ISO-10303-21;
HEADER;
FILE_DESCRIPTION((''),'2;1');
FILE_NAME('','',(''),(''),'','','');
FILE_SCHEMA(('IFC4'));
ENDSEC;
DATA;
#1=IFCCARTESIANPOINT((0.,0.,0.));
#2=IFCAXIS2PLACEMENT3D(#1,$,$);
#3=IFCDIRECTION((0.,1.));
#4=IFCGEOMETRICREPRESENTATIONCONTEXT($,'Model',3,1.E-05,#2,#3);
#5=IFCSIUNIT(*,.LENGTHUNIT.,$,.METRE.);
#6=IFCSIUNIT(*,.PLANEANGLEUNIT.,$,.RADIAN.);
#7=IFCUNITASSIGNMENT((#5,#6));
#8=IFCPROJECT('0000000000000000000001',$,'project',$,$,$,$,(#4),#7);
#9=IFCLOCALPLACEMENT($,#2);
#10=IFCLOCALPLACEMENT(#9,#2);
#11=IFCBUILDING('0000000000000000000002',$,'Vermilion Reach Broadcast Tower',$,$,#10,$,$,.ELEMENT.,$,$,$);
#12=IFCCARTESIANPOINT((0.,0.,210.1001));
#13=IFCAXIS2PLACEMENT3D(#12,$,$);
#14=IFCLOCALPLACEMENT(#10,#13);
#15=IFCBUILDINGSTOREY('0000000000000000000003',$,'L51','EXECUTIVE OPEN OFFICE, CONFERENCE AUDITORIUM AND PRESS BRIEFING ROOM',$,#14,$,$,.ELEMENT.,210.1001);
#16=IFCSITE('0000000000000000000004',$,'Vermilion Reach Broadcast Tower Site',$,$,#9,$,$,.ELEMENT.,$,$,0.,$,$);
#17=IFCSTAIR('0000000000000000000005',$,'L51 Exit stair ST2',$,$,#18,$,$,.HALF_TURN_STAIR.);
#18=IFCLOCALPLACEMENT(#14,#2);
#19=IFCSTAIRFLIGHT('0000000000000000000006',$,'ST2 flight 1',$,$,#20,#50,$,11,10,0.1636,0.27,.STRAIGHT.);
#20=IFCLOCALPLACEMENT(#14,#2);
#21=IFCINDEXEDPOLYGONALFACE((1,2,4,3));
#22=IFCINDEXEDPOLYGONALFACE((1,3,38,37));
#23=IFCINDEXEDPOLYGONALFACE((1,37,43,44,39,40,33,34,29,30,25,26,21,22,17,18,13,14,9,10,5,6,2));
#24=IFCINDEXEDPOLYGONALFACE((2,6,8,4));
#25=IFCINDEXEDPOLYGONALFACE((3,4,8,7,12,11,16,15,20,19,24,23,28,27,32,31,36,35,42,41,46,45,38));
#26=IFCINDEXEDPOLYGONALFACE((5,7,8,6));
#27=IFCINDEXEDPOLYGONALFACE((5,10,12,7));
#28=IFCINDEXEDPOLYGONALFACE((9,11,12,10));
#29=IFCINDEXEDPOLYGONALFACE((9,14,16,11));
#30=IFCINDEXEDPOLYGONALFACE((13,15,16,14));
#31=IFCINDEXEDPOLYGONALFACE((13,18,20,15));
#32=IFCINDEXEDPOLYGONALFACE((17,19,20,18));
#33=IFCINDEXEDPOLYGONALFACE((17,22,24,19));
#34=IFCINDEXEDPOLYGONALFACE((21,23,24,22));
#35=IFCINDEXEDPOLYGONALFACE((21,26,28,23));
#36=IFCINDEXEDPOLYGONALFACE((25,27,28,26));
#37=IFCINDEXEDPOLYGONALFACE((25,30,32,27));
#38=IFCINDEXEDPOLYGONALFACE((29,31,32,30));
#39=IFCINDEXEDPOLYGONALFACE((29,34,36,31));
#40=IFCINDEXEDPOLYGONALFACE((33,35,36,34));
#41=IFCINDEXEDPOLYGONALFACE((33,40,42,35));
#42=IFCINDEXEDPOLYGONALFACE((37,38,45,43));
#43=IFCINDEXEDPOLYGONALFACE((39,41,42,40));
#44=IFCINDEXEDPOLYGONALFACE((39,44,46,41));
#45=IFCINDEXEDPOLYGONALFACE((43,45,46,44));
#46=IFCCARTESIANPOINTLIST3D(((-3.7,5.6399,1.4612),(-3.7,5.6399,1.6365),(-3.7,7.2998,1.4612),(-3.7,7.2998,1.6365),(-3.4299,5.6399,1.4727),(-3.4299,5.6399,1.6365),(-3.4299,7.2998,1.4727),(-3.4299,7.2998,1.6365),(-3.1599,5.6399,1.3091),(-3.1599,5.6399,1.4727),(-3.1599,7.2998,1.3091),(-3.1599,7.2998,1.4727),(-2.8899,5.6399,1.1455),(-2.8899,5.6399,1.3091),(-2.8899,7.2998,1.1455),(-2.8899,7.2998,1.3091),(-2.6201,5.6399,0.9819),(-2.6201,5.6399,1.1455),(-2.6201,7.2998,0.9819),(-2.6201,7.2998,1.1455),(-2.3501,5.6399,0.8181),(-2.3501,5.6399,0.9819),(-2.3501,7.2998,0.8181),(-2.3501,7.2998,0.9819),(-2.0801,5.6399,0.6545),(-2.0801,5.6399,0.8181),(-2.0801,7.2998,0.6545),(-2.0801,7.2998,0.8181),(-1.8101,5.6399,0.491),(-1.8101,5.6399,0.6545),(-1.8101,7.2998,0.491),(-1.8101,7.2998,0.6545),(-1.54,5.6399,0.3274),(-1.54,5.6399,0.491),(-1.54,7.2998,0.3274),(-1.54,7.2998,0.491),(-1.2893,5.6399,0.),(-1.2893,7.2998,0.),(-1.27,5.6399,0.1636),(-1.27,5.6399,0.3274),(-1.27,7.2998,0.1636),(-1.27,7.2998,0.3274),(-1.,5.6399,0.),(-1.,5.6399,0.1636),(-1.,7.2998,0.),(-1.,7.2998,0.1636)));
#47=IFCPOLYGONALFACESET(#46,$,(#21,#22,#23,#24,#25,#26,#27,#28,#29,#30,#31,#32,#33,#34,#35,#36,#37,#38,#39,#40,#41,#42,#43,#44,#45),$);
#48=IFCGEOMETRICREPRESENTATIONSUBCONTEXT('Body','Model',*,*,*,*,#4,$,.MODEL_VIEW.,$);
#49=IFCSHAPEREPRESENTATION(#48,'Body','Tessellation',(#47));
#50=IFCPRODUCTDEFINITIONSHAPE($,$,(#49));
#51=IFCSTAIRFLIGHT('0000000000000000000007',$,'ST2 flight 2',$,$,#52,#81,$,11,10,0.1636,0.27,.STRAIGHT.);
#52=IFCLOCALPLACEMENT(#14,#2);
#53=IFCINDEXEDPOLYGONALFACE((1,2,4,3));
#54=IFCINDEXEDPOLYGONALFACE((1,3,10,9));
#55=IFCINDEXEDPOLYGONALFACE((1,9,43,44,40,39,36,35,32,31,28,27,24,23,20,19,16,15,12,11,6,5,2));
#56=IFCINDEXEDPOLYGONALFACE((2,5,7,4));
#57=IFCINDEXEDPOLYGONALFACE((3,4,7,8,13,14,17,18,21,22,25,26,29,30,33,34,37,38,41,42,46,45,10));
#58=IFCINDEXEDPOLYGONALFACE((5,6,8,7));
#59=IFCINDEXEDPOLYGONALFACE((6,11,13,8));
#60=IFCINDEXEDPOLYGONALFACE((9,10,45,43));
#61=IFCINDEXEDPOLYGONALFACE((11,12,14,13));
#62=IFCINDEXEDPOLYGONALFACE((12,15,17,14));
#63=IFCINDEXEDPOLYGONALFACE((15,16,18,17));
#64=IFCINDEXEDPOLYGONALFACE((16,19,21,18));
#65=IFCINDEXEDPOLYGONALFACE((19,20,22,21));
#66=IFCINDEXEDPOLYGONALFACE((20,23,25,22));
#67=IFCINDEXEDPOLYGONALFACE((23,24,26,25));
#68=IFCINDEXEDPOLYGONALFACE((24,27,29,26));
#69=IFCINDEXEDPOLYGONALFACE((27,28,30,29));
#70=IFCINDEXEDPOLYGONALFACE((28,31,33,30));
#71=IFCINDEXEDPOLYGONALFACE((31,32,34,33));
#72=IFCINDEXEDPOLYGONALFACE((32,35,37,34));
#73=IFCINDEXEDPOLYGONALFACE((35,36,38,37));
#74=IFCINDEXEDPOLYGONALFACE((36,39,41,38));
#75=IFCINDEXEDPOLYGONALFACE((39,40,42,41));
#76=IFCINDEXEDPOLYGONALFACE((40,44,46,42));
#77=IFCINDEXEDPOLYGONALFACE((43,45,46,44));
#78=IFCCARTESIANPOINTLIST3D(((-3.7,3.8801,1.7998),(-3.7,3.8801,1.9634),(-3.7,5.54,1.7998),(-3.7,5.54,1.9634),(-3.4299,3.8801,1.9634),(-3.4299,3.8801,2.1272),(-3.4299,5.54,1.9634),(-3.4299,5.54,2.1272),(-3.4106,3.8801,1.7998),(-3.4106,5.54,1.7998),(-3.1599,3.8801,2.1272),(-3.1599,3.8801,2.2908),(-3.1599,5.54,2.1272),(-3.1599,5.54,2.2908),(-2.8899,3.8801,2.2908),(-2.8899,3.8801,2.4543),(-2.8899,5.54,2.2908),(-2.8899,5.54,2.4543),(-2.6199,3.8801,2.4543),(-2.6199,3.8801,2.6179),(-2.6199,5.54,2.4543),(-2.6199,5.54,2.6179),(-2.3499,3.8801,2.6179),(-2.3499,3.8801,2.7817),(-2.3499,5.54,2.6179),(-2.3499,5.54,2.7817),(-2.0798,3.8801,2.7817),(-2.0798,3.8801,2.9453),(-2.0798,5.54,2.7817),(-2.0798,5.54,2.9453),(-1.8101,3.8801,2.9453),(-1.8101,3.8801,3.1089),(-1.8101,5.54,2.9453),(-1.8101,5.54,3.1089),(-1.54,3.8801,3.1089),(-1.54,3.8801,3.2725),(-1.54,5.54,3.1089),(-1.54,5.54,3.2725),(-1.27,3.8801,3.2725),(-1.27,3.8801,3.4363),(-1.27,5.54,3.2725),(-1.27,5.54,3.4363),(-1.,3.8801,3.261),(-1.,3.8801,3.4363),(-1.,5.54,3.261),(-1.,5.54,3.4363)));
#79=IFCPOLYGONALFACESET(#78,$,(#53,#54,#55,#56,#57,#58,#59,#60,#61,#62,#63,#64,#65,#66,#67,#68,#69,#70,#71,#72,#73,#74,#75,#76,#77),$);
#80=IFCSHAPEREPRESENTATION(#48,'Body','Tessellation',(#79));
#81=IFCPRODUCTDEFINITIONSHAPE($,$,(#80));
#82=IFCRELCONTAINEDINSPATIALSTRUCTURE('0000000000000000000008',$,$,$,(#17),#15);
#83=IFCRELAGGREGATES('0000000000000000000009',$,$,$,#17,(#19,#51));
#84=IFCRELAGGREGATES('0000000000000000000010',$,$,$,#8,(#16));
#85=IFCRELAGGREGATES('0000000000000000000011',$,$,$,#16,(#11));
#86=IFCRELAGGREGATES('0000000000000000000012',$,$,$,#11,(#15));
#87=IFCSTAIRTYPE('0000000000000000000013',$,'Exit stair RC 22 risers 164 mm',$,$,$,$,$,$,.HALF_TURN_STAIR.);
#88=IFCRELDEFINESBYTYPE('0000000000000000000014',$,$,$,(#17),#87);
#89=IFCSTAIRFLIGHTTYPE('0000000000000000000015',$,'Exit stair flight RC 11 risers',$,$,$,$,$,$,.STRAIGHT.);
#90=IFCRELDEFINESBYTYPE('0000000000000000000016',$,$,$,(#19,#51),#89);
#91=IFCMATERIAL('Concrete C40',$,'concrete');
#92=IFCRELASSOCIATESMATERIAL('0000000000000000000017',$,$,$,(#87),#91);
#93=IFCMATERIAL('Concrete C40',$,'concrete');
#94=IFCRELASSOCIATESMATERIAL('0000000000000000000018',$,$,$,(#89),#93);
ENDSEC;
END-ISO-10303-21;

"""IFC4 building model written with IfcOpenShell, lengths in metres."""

from ifc_helpers import new_model, si_unit, direction, frame, origin, place, context, subcontext, project, spatial, polyline, outline, extrude, material, type_object, element, aggregate, save


model = new_model("IFC4")

# Units and contexts
model_context = context("Model", 3, precision=1e-05, world=origin(), true_north=direction((0.0, 1.0)))
body_context = subcontext(model_context, "Body", "Model", "MODEL_VIEW")
ifc_project = project(units=[si_unit("LENGTHUNIT", "METRE"), si_unit("PLANEANGLEUNIT", "RADIAN")], contexts=[model_context])

# Site, building, storey
site_placement = place(None, origin())
site = spatial("IfcSite", under=ifc_project, at=site_placement, Name="Vermilion Reach Broadcast Tower Site", CompositionType="ELEMENT", RefElevation=0.0)
building_placement = place(site_placement, origin())
building = spatial("IfcBuilding", under=site, at=building_placement, Name="Vermilion Reach Broadcast Tower", CompositionType="ELEMENT")
storey_placement = place(building_placement, frame((0.0, 0.0, 210.1001)))
storey = spatial("IfcBuildingStorey", under=building, at=storey_placement, Name="L51", Description="EXECUTIVE OPEN OFFICE, CONFERENCE AUDITORIUM AND PRESS BRIEFING ROOM", CompositionType="ELEMENT", Elevation=210.1001)

# Stair
ifc_material_1 = material(Name="Concrete C40", Category="concrete")
stair_type = type_object("IfcStairType", Name="Exit stair RC 22 risers 164 mm", PredefinedType="HALF_TURN_STAIR", material=ifc_material_1)
placement_1 = place(storey_placement, origin())
stair_1 = element("IfcStair", 1, at=placement_1, inside=storey, type_object=stair_type, Name="L51 Exit stair ST2", PredefinedType="HALF_TURN_STAIR")

# Stair flights
ifc_material_2 = material(Name="Concrete C40", Category="concrete")
stair_flight_type = type_object("IfcStairFlightType", Name="Exit stair flight RC 11 risers", PredefinedType="STRAIGHT", material=ifc_material_2)
stair_flight_1_placement = place(storey_placement, frame((-1.0, 6.47, 0.0), z_axis=(0.0, 0.0, 1.0), x_axis=(-1.0, 0.0, 0.0)))
stair_flight_1 = element("IfcStairFlight", 2, at=stair_flight_1_placement, type_object=stair_flight_type, Name="ST2 flight 1", NumberOfRisers=11, NumberOfTreads=10, PredefinedType="STRAIGHT", RiserHeight=0.1636, TreadLength=0.27, context=body_context, shape_type="SweptSolid", body=[
    extrude(outline(polyline([(0.0, 0.0), (0.0, 0.1636), (0.27, 0.1636), (0.27, 0.3274), (0.54, 0.3274), (0.54, 0.491), (0.8101, 0.491), (0.8101, 0.6545), (1.0801, 0.6545), (1.0801, 0.8181), (1.3501, 0.8181), (1.3501, 0.9819), (1.6201, 0.9819), (1.6201, 1.1455), (1.8899, 1.1455), (1.8899, 1.3091), (2.1599, 1.3091), (2.1599, 1.4727), (2.4299, 1.4727), (2.4299, 1.6365), (2.7, 1.6365), (2.7, 1.8), (2.7, 1.4612), (0.2893, 0.0), (0.0, 0.0)])), frame((0.0, 0.8301, 0.0), z_axis=(0.0, -1.0, 0.0), x_axis=(1.0, 0.0, 0.0)), (0.0, 0.0, 1.0), 1.6599),
])
stair_flight_2_placement = place(storey_placement, frame((-3.7, 4.71, 1.7998), z_axis=(0.0, 0.0, 1.0), x_axis=(1.0, 0.0, 0.0)))
stair_flight_2 = element("IfcStairFlight", 3, at=stair_flight_2_placement, type_object=stair_flight_type, Name="ST2 flight 2", NumberOfRisers=11, NumberOfTreads=10, PredefinedType="STRAIGHT", RiserHeight=0.1636, TreadLength=0.27, context=body_context, shape_type="SweptSolid", body=[
    extrude(outline(polyline([(0.0, 0.0), (0.0, 0.1636), (0.27, 0.1636), (0.27, 0.3274), (0.54, 0.3274), (0.54, 0.491), (0.8101, 0.491), (0.8101, 0.6545), (1.0801, 0.6545), (1.0801, 0.8181), (1.3501, 0.8181), (1.3501, 0.9819), (1.6201, 0.9819), (1.6201, 1.1455), (1.8899, 1.1455), (1.8899, 1.3091), (2.1599, 1.3091), (2.1599, 1.4727), (2.4299, 1.4727), (2.4299, 1.6365), (2.7, 1.6365), (2.7, 1.8), (2.7, 1.4612), (0.2893, 0.0), (0.0, 0.0)])), frame((0.0, 0.8301, 0.0), z_axis=(0.0, -1.0, 0.0), x_axis=(1.0, 0.0, 0.0)), (0.0, 0.0, 1.0), 1.6599),
])
aggregate(stair_1, [stair_flight_1, stair_flight_2])

save(model, "model.ifc")
